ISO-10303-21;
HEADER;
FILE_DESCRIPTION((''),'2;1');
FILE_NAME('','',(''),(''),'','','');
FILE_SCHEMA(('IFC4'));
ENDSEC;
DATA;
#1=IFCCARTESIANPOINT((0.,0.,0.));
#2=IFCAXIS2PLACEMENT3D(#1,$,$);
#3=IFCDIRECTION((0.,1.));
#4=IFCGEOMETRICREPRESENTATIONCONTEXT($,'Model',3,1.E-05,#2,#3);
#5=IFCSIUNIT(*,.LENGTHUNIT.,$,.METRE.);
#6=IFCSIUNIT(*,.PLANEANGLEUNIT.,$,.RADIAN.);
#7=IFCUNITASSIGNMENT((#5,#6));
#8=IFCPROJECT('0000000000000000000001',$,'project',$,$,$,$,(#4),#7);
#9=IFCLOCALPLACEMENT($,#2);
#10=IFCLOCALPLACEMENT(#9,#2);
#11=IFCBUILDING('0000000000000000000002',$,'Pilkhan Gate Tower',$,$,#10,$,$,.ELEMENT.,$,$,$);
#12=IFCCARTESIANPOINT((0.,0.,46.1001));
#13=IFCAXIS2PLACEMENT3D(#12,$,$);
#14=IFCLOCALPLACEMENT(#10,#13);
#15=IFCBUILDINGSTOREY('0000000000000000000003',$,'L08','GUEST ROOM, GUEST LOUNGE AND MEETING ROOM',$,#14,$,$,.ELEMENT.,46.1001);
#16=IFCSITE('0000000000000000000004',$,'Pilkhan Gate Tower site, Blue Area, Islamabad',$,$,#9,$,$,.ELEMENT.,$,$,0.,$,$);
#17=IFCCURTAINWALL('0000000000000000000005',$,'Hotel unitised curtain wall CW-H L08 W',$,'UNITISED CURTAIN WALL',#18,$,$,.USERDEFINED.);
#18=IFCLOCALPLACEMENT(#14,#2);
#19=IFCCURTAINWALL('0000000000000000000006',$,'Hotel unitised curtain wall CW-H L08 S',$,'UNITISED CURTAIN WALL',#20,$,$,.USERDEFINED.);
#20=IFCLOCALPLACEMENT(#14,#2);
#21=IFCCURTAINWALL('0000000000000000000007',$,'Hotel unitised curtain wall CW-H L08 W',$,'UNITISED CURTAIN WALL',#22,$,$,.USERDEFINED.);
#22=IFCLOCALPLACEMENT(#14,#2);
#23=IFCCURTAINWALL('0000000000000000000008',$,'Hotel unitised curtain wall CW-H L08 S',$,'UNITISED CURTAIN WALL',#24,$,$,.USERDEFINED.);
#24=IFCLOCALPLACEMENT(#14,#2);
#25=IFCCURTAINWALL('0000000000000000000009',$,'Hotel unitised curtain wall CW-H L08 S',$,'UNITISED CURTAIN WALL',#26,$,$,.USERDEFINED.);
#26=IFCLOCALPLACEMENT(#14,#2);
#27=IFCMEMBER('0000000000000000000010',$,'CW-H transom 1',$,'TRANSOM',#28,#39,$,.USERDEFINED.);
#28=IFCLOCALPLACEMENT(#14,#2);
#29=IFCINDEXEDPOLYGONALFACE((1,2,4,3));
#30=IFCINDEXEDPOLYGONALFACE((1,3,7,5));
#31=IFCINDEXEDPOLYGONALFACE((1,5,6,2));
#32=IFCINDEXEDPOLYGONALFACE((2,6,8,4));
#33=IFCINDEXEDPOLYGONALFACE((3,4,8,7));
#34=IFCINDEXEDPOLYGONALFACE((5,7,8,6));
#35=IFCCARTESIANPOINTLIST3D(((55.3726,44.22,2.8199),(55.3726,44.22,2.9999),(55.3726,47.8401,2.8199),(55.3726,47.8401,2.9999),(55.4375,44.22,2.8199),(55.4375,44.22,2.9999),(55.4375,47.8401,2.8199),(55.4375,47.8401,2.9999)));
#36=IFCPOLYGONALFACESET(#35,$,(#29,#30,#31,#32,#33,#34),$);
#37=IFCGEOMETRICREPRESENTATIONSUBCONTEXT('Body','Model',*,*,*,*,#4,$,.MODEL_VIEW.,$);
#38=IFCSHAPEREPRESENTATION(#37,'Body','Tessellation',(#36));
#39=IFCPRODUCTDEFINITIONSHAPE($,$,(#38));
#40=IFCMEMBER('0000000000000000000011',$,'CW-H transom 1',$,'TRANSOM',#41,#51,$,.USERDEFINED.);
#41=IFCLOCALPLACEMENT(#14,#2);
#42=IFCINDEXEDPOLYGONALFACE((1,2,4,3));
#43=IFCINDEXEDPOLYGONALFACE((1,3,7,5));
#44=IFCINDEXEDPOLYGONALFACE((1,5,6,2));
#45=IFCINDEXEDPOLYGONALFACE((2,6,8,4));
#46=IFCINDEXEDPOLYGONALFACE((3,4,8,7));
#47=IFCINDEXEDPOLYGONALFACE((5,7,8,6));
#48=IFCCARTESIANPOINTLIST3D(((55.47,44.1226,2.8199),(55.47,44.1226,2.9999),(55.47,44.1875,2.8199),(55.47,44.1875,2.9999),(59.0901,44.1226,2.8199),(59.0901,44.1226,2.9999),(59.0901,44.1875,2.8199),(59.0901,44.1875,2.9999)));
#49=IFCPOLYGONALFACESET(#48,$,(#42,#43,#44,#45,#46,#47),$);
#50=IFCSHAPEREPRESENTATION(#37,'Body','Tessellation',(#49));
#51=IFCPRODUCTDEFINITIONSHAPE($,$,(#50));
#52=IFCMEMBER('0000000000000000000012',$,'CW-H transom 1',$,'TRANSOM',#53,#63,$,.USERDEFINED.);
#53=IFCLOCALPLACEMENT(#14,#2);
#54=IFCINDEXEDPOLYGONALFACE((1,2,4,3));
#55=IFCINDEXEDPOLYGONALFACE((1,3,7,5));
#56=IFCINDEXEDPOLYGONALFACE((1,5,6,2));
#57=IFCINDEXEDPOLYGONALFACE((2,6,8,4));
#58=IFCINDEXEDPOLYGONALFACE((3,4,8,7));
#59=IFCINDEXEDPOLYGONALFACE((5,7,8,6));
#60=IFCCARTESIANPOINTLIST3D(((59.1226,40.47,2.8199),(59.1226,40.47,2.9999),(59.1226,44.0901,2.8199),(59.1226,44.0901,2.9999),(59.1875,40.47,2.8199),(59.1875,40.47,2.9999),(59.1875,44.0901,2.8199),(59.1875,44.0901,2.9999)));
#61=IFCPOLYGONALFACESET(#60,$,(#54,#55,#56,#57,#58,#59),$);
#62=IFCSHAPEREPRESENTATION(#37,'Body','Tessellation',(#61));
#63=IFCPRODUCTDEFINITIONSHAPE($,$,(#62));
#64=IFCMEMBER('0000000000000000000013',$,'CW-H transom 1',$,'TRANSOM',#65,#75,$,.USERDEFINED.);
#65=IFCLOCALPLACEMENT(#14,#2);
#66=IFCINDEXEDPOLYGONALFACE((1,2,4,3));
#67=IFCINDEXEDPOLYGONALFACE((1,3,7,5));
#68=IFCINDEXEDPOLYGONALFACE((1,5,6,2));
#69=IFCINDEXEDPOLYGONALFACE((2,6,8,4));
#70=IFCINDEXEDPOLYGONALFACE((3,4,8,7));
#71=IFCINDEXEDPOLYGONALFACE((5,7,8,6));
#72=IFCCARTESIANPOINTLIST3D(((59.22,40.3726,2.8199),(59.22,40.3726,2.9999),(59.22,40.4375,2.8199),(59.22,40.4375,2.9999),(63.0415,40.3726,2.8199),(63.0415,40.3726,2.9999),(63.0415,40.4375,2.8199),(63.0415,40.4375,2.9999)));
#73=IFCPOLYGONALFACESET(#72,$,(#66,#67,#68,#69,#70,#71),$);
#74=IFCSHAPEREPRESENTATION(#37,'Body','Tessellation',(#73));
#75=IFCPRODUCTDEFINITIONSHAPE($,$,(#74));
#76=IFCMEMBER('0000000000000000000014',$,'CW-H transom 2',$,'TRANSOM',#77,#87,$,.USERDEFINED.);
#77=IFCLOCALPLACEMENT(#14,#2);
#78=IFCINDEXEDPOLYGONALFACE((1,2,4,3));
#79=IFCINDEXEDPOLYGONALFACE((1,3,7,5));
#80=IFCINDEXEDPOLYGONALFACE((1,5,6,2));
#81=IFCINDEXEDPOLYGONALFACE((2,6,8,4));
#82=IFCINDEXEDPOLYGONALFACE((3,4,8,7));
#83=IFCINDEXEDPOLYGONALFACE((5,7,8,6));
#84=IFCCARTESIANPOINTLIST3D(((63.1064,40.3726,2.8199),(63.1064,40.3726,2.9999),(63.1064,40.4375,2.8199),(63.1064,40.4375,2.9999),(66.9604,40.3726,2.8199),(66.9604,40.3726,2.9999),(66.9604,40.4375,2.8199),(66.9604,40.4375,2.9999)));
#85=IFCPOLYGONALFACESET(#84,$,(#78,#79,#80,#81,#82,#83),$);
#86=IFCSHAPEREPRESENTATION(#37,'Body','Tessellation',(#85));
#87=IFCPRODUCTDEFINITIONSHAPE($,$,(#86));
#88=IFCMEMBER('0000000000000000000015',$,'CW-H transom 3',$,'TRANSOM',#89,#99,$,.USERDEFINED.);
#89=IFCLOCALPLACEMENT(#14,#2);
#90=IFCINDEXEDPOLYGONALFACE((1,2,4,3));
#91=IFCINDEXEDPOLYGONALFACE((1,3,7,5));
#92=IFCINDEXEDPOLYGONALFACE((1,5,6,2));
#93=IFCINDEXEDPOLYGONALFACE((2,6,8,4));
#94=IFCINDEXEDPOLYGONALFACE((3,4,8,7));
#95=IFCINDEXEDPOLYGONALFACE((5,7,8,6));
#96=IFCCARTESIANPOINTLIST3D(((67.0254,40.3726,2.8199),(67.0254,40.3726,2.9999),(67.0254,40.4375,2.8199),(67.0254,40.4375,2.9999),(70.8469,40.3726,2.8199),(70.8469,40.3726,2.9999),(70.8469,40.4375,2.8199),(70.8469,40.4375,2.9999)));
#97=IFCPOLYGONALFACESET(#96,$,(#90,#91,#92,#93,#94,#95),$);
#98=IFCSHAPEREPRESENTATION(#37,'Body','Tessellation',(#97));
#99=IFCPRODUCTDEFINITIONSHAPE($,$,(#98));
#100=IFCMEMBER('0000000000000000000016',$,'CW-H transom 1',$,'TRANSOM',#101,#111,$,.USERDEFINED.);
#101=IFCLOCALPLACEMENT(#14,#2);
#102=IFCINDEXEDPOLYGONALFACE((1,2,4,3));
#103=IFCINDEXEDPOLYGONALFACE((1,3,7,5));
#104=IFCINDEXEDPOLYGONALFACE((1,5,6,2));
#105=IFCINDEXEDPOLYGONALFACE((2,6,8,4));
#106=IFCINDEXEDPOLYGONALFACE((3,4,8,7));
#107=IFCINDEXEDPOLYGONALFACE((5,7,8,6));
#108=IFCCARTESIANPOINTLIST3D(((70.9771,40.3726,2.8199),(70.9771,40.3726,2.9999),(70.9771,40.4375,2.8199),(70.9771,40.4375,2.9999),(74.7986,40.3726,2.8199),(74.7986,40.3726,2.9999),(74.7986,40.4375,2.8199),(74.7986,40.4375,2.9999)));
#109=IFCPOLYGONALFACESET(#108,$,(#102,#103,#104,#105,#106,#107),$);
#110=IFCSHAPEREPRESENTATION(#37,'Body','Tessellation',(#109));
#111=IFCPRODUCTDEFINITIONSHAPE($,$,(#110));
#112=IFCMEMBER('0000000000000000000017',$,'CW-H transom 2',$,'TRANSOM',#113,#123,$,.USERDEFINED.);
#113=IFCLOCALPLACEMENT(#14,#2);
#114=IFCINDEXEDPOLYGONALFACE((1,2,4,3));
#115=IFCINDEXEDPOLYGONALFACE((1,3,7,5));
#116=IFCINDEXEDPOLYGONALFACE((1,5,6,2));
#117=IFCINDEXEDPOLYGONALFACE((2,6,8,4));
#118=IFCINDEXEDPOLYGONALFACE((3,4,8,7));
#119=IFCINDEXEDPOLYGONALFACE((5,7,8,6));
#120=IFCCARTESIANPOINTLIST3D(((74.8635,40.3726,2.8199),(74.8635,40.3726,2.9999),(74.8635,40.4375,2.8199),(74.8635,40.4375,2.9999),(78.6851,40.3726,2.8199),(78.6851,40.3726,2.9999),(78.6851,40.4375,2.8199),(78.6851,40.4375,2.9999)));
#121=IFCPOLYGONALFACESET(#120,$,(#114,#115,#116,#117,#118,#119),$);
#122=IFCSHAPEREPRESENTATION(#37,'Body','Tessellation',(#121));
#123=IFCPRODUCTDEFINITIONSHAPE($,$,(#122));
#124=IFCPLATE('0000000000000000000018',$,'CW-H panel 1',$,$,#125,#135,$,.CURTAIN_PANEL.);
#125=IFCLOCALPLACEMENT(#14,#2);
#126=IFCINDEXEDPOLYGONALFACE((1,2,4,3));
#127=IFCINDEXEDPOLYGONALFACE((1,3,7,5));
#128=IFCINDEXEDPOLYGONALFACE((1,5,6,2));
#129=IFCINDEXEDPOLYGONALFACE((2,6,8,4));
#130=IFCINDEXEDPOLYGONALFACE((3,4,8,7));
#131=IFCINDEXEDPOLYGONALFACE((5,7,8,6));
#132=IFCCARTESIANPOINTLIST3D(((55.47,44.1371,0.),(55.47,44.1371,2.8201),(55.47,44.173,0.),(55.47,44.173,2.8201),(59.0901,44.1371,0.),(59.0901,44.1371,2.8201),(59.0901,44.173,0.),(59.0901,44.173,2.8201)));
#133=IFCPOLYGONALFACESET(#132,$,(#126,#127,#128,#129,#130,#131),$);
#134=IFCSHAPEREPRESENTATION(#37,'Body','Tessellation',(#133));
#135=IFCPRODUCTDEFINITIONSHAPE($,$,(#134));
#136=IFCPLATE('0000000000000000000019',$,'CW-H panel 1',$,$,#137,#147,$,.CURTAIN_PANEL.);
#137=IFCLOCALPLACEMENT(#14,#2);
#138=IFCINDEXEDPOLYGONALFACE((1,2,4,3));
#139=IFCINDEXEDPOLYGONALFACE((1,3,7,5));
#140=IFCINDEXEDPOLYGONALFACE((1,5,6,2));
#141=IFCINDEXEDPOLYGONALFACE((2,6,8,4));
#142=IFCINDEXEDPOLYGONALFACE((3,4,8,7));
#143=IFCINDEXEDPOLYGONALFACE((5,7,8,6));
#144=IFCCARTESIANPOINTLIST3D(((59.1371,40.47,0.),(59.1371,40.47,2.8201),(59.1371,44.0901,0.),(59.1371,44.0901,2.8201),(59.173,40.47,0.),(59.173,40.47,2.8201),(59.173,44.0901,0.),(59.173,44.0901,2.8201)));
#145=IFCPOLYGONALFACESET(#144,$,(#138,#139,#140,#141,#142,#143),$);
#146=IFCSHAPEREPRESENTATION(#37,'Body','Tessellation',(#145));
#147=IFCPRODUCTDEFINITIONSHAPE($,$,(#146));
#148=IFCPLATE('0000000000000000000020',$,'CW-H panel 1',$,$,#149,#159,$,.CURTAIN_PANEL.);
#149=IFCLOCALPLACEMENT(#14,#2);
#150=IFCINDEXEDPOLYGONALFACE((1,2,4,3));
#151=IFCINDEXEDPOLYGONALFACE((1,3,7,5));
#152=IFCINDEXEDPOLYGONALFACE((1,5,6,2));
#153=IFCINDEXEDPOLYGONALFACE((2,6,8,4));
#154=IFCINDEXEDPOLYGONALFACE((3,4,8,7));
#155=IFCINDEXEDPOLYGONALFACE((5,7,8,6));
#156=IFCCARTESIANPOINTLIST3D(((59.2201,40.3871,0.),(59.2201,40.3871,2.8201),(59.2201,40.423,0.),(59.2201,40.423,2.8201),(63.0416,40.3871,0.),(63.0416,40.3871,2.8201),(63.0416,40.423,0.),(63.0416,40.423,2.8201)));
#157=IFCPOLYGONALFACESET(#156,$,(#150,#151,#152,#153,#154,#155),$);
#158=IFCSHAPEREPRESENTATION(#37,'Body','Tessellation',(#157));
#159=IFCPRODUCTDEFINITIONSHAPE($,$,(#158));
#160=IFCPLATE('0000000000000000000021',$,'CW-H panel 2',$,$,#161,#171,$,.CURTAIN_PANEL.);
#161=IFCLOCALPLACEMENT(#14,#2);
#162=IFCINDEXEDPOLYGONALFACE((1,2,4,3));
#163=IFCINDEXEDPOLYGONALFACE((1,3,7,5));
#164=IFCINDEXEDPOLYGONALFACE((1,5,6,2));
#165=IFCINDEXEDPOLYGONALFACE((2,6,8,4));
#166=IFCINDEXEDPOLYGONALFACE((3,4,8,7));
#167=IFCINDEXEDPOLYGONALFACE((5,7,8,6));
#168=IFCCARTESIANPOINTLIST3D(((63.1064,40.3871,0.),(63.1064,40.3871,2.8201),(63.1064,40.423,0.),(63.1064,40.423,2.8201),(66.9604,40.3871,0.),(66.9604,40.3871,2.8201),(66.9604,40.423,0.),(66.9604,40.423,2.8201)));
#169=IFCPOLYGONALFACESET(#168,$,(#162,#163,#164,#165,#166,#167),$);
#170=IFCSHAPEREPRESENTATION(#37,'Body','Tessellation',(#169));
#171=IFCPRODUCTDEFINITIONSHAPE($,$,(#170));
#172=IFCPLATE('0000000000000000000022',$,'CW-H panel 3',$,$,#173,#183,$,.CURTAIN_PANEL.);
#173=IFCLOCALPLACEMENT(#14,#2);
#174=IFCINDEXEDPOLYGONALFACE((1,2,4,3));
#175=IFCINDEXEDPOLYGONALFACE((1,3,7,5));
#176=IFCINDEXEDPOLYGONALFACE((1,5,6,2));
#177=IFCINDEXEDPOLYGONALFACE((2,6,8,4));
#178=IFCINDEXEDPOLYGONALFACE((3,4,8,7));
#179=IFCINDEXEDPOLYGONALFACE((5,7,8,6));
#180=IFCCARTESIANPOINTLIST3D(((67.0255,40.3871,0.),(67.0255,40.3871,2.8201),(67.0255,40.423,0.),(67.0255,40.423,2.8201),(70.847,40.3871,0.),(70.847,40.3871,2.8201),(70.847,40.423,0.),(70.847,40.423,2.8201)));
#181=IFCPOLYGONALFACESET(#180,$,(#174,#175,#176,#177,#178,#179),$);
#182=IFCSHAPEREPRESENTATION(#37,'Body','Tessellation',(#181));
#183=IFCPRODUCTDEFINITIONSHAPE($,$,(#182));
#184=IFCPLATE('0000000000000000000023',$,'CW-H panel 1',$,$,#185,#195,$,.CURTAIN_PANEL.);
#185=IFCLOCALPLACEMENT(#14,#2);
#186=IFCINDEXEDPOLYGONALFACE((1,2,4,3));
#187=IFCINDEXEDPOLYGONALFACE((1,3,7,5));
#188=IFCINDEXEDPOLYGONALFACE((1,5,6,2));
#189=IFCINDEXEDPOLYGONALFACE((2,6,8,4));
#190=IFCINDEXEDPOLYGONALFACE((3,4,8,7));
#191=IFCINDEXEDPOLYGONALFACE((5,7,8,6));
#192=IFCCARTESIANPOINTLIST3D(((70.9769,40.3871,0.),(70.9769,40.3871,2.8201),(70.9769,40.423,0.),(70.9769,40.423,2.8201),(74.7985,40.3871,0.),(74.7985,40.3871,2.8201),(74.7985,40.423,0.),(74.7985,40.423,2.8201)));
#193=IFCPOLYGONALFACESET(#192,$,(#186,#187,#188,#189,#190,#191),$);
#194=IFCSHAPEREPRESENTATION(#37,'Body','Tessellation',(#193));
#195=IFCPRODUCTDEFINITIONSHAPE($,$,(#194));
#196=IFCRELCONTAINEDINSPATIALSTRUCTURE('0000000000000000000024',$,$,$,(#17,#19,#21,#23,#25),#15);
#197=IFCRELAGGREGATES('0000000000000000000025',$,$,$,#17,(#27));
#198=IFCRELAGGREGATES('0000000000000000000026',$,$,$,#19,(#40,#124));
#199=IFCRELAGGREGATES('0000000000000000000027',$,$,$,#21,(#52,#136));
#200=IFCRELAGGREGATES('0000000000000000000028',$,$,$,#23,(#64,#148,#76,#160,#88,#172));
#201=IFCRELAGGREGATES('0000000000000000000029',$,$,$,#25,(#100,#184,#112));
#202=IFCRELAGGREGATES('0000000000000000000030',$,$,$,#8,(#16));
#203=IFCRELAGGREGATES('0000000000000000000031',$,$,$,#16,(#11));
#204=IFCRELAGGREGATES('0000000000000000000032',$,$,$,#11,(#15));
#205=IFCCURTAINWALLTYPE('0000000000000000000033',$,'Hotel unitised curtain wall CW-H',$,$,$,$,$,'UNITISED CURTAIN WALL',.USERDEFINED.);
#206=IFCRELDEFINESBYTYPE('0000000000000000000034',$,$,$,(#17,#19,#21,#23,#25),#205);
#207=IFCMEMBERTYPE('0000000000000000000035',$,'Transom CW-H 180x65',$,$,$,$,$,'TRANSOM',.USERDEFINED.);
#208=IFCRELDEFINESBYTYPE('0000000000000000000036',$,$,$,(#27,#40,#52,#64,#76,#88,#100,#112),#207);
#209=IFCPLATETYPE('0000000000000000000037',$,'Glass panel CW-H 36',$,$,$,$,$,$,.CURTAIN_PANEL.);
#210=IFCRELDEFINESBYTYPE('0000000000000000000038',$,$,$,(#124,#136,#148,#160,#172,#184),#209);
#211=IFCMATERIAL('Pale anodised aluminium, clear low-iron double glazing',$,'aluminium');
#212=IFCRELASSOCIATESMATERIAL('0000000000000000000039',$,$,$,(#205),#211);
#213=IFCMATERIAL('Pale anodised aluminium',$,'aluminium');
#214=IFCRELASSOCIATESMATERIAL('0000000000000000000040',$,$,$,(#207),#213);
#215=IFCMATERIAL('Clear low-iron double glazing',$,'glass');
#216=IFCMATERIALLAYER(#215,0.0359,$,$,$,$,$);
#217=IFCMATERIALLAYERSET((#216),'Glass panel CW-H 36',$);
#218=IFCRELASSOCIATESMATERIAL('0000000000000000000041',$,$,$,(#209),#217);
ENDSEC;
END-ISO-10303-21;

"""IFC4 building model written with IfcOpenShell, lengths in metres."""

from ifc_helpers import new_model, si_unit, direction, frame, origin, origin_2d, place, context, subcontext, project, spatial, rectangle, extrude, material, layer, layer_set, material_profile, profile_set, type_object, element, aggregate, save


model = new_model("IFC4")

# Units and contexts
model_context = context("Model", 3, precision=1e-05, world=origin(), true_north=direction((0.0, 1.0)))
body_context = subcontext(model_context, "Body", "Model", "MODEL_VIEW")
ifc_project = project(units=[si_unit("LENGTHUNIT", "METRE"), si_unit("PLANEANGLEUNIT", "RADIAN")], contexts=[model_context])

# Site, building, storey
site_placement = place(None, origin())
site = spatial("IfcSite", under=ifc_project, at=site_placement, Name="Pilkhan Gate Tower site, Blue Area, Islamabad", CompositionType="ELEMENT", RefElevation=0.0)
building_placement = place(site_placement, origin())
building = spatial("IfcBuilding", under=site, at=building_placement, Name="Pilkhan Gate Tower", CompositionType="ELEMENT")
storey_placement = place(building_placement, frame((0.0, 0.0, 46.1001)))
storey = spatial("IfcBuildingStorey", under=building, at=storey_placement, Name="L08", Description="GUEST ROOM, GUEST LOUNGE AND MEETING ROOM", CompositionType="ELEMENT", Elevation=46.1001)

# Curtain wall
ifc_material_1 = material(Name="Pale anodised aluminium, clear low-iron double glazing", Category="aluminium")
curtain_wall_type = type_object("IfcCurtainWallType", Name="Hotel unitised curtain wall CW-H", ElementType="UNITISED CURTAIN WALL", PredefinedType="USERDEFINED", material=ifc_material_1)
curtain_wall_1_placement = place(storey_placement, origin())
curtain_wall_1 = element("IfcCurtainWall", 1, at=curtain_wall_1_placement, inside=storey, type_object=curtain_wall_type, Name="Hotel unitised curtain wall CW-H L08 W", ObjectType="UNITISED CURTAIN WALL", PredefinedType="USERDEFINED")
ifc_material_2 = material(Name="Pale anodised aluminium", Category="aluminium")

# Curtain walls
curtain_wall_2_placement = place(storey_placement, origin())
curtain_wall_2 = element("IfcCurtainWall", 2, at=curtain_wall_2_placement, inside=storey, type_object=curtain_wall_type, Name="Hotel unitised curtain wall CW-H L08 S", ObjectType="UNITISED CURTAIN WALL", PredefinedType="USERDEFINED")
curtain_wall_3_placement = place(storey_placement, origin())
curtain_wall_3 = element("IfcCurtainWall", 3, at=curtain_wall_3_placement, inside=storey, type_object=curtain_wall_type, Name="Hotel unitised curtain wall CW-H L08 W", ObjectType="UNITISED CURTAIN WALL", PredefinedType="USERDEFINED")
curtain_wall_4_placement = place(storey_placement, origin())
curtain_wall_4 = element("IfcCurtainWall", 4, at=curtain_wall_4_placement, inside=storey, type_object=curtain_wall_type, Name="Hotel unitised curtain wall CW-H L08 S", ObjectType="UNITISED CURTAIN WALL", PredefinedType="USERDEFINED")
curtain_wall_5_placement = place(storey_placement, origin())
curtain_wall_5 = element("IfcCurtainWall", 5, at=curtain_wall_5_placement, inside=storey, type_object=curtain_wall_type, Name="Hotel unitised curtain wall CW-H L08 S", ObjectType="UNITISED CURTAIN WALL", PredefinedType="USERDEFINED")

# Members
ifc_material_profile_1 = material_profile(ifc_material_2, rectangle(XDim=0.0649, YDim=0.1799, at=origin_2d()), Name="Transom 180x65")
ifc_profile_set_1 = profile_set([ifc_material_profile_1], Name="Pale anodised aluminium")
member_type_1 = type_object("IfcMemberType", Name="Transom CW-H 180x65", ElementType="TRANSOM", PredefinedType="USERDEFINED", material=ifc_profile_set_1)
member_1_placement = place(storey_placement, frame((55.405, 44.22, 2.9099), z_axis=(0.0, 1.0, 0.0), x_axis=(-1.0, 0.0, 0.0)))
member_1 = element("IfcMember", 6, at=member_1_placement, type_object=member_type_1, Name="CW-H transom 1", ObjectType="TRANSOM", PredefinedType="USERDEFINED", context=body_context, shape_type="SweptSolid", body=[
    extrude(rectangle(XDim=0.0649, YDim=0.1799, at=origin_2d()), origin(), (0.0, 0.0, 1.0), 3.6201),
])
aggregate(curtain_wall_1, [member_1])
member_2_placement = place(storey_placement, frame((55.47, 44.155, 2.9099), z_axis=(1.0, 0.0, 0.0), x_axis=(0.0, 1.0, 0.0)))
member_2 = element("IfcMember", 7, at=member_2_placement, type_object=member_type_1, Name="CW-H transom 1", ObjectType="TRANSOM", PredefinedType="USERDEFINED", context=body_context, shape_type="SweptSolid", body=[
    extrude(rectangle(XDim=0.0649, YDim=0.1799, at=origin_2d()), origin(), (0.0, 0.0, 1.0), 3.6201),
])
member_3_placement = place(storey_placement, frame((59.155, 40.47, 2.9099), z_axis=(0.0, 1.0, 0.0), x_axis=(-1.0, 0.0, 0.0)))
member_3 = element("IfcMember", 8, at=member_3_placement, type_object=member_type_1, Name="CW-H transom 1", ObjectType="TRANSOM", PredefinedType="USERDEFINED", context=body_context, shape_type="SweptSolid", body=[
    extrude(rectangle(XDim=0.0649, YDim=0.1799, at=origin_2d()), origin(), (0.0, 0.0, 1.0), 3.6201),
])
member_4_placement = place(storey_placement, frame((59.22, 40.405, 2.9099), z_axis=(1.0, 0.0, 0.0), x_axis=(0.0, 1.0, 0.0)))
member_4 = element("IfcMember", 9, at=member_4_placement, type_object=member_type_1, Name="CW-H transom 1", ObjectType="TRANSOM", PredefinedType="USERDEFINED", context=body_context, shape_type="SweptSolid", body=[
    extrude(rectangle(XDim=0.0649, YDim=0.1799, at=origin_2d()), origin(), (0.0, 0.0, 1.0), 3.8215),
])
member_5_placement = place(storey_placement, frame((63.1064, 40.405, 2.9099), z_axis=(1.0, 0.0, 0.0), x_axis=(0.0, 1.0, 0.0)))
member_5 = element("IfcMember", 10, at=member_5_placement, type_object=member_type_1, Name="CW-H transom 2", ObjectType="TRANSOM", PredefinedType="USERDEFINED", context=body_context, shape_type="SweptSolid", body=[
    extrude(rectangle(XDim=0.0649, YDim=0.1799, at=origin_2d()), origin(), (0.0, 0.0, 1.0), 3.854),
])
member_6_placement = place(storey_placement, frame((67.0254, 40.405, 2.9099), z_axis=(1.0, 0.0, 0.0), x_axis=(0.0, 1.0, 0.0)))
member_6 = element("IfcMember", 11, at=member_6_placement, type_object=member_type_1, Name="CW-H transom 3", ObjectType="TRANSOM", PredefinedType="USERDEFINED", context=body_context, shape_type="SweptSolid", body=[
    extrude(rectangle(XDim=0.0649, YDim=0.1799, at=origin_2d()), origin(), (0.0, 0.0, 1.0), 3.8215),
])
member_7_placement = place(storey_placement, frame((70.9771, 40.405, 2.9099), z_axis=(1.0, 0.0, 0.0), x_axis=(0.0, 1.0, 0.0)))
member_7 = element("IfcMember", 12, at=member_7_placement, type_object=member_type_1, Name="CW-H transom 1", ObjectType="TRANSOM", PredefinedType="USERDEFINED", context=body_context, shape_type="SweptSolid", body=[
    extrude(rectangle(XDim=0.0649, YDim=0.1799, at=origin_2d()), origin(), (0.0, 0.0, 1.0), 3.8215),
])
member_8_placement = place(storey_placement, frame((74.8635, 40.405, 2.9099), z_axis=(1.0, 0.0, 0.0), x_axis=(0.0, 1.0, 0.0)))
member_8 = element("IfcMember", 13, at=member_8_placement, type_object=member_type_1, Name="CW-H transom 2", ObjectType="TRANSOM", PredefinedType="USERDEFINED", context=body_context, shape_type="SweptSolid", body=[
    extrude(rectangle(XDim=0.0649, YDim=0.1799, at=origin_2d()), origin(), (0.0, 0.0, 1.0), 3.8215),
])

# Plates
ifc_material_3 = material(Name="Clear low-iron double glazing", Category="glass")
ifc_layer_1 = layer(ifc_material_3, 0.0359)
ifc_layer_set_1 = layer_set([ifc_layer_1], Name="Glass panel CW-H 36")
plate_type = type_object("IfcPlateType", Name="Glass panel CW-H 36", PredefinedType="CURTAIN_PANEL", material=ifc_layer_set_1)
plate_1_placement = place(storey_placement, frame((57.28, 44.155, 0.0), z_axis=(0.0, 0.0, 1.0), x_axis=(1.0, 0.0, 0.0)))
plate_1 = element("IfcPlate", 14, at=plate_1_placement, type_object=plate_type, Name="CW-H panel 1", PredefinedType="CURTAIN_PANEL", context=body_context, shape_type="SweptSolid", body=[
    extrude(rectangle(XDim=3.6201, YDim=0.0359, at=origin_2d()), origin(), (0.0, 0.0, 1.0), 2.8201),
])
aggregate(curtain_wall_2, [member_2, plate_1])
plate_2_placement = place(storey_placement, frame((59.155, 42.28, 0.0), z_axis=(0.0, 0.0, 1.0), x_axis=(0.0, 1.0, 0.0)))
plate_2 = element("IfcPlate", 15, at=plate_2_placement, type_object=plate_type, Name="CW-H panel 1", PredefinedType="CURTAIN_PANEL", context=body_context, shape_type="SweptSolid", body=[
    extrude(rectangle(XDim=3.6201, YDim=0.0359, at=origin_2d()), origin(), (0.0, 0.0, 1.0), 2.8201),
])
aggregate(curtain_wall_3, [member_3, plate_2])
plate_3_placement = place(storey_placement, frame((61.1309, 40.405, 0.0), z_axis=(0.0, 0.0, 1.0), x_axis=(1.0, 0.0, 0.0)))
plate_3 = element("IfcPlate", 16, at=plate_3_placement, type_object=plate_type, Name="CW-H panel 1", PredefinedType="CURTAIN_PANEL", context=body_context, shape_type="SweptSolid", body=[
    extrude(rectangle(XDim=3.8215, YDim=0.0359, at=origin_2d()), origin(), (0.0, 0.0, 1.0), 2.8201),
])
plate_4_placement = place(storey_placement, frame((65.0334, 40.405, 0.0), z_axis=(0.0, 0.0, 1.0), x_axis=(1.0, 0.0, 0.0)))
plate_4 = element("IfcPlate", 17, at=plate_4_placement, type_object=plate_type, Name="CW-H panel 2", PredefinedType="CURTAIN_PANEL", context=body_context, shape_type="SweptSolid", body=[
    extrude(rectangle(XDim=3.854, YDim=0.0359, at=origin_2d()), origin(), (0.0, 0.0, 1.0), 2.8201),
])
plate_5_placement = place(storey_placement, frame((68.9363, 40.405, 0.0), z_axis=(0.0, 0.0, 1.0), x_axis=(1.0, 0.0, 0.0)))
plate_5 = element("IfcPlate", 18, at=plate_5_placement, type_object=plate_type, Name="CW-H panel 3", PredefinedType="CURTAIN_PANEL", context=body_context, shape_type="SweptSolid", body=[
    extrude(rectangle(XDim=3.8215, YDim=0.0359, at=origin_2d()), origin(), (0.0, 0.0, 1.0), 2.8201),
])
aggregate(curtain_wall_4, [member_4, plate_3, member_5, plate_4, member_6, plate_5])
plate_6_placement = place(storey_placement, frame((72.8877, 40.405, 0.0), z_axis=(0.0, 0.0, 1.0), x_axis=(1.0, 0.0, 0.0)))
plate_6 = element("IfcPlate", 19, at=plate_6_placement, type_object=plate_type, Name="CW-H panel 1", PredefinedType="CURTAIN_PANEL", context=body_context, shape_type="SweptSolid", body=[
    extrude(rectangle(XDim=3.8215, YDim=0.0359, at=origin_2d()), origin(), (0.0, 0.0, 1.0), 2.8201),
])
aggregate(curtain_wall_5, [member_7, plate_6, member_8])

save(model, "model.ifc")
